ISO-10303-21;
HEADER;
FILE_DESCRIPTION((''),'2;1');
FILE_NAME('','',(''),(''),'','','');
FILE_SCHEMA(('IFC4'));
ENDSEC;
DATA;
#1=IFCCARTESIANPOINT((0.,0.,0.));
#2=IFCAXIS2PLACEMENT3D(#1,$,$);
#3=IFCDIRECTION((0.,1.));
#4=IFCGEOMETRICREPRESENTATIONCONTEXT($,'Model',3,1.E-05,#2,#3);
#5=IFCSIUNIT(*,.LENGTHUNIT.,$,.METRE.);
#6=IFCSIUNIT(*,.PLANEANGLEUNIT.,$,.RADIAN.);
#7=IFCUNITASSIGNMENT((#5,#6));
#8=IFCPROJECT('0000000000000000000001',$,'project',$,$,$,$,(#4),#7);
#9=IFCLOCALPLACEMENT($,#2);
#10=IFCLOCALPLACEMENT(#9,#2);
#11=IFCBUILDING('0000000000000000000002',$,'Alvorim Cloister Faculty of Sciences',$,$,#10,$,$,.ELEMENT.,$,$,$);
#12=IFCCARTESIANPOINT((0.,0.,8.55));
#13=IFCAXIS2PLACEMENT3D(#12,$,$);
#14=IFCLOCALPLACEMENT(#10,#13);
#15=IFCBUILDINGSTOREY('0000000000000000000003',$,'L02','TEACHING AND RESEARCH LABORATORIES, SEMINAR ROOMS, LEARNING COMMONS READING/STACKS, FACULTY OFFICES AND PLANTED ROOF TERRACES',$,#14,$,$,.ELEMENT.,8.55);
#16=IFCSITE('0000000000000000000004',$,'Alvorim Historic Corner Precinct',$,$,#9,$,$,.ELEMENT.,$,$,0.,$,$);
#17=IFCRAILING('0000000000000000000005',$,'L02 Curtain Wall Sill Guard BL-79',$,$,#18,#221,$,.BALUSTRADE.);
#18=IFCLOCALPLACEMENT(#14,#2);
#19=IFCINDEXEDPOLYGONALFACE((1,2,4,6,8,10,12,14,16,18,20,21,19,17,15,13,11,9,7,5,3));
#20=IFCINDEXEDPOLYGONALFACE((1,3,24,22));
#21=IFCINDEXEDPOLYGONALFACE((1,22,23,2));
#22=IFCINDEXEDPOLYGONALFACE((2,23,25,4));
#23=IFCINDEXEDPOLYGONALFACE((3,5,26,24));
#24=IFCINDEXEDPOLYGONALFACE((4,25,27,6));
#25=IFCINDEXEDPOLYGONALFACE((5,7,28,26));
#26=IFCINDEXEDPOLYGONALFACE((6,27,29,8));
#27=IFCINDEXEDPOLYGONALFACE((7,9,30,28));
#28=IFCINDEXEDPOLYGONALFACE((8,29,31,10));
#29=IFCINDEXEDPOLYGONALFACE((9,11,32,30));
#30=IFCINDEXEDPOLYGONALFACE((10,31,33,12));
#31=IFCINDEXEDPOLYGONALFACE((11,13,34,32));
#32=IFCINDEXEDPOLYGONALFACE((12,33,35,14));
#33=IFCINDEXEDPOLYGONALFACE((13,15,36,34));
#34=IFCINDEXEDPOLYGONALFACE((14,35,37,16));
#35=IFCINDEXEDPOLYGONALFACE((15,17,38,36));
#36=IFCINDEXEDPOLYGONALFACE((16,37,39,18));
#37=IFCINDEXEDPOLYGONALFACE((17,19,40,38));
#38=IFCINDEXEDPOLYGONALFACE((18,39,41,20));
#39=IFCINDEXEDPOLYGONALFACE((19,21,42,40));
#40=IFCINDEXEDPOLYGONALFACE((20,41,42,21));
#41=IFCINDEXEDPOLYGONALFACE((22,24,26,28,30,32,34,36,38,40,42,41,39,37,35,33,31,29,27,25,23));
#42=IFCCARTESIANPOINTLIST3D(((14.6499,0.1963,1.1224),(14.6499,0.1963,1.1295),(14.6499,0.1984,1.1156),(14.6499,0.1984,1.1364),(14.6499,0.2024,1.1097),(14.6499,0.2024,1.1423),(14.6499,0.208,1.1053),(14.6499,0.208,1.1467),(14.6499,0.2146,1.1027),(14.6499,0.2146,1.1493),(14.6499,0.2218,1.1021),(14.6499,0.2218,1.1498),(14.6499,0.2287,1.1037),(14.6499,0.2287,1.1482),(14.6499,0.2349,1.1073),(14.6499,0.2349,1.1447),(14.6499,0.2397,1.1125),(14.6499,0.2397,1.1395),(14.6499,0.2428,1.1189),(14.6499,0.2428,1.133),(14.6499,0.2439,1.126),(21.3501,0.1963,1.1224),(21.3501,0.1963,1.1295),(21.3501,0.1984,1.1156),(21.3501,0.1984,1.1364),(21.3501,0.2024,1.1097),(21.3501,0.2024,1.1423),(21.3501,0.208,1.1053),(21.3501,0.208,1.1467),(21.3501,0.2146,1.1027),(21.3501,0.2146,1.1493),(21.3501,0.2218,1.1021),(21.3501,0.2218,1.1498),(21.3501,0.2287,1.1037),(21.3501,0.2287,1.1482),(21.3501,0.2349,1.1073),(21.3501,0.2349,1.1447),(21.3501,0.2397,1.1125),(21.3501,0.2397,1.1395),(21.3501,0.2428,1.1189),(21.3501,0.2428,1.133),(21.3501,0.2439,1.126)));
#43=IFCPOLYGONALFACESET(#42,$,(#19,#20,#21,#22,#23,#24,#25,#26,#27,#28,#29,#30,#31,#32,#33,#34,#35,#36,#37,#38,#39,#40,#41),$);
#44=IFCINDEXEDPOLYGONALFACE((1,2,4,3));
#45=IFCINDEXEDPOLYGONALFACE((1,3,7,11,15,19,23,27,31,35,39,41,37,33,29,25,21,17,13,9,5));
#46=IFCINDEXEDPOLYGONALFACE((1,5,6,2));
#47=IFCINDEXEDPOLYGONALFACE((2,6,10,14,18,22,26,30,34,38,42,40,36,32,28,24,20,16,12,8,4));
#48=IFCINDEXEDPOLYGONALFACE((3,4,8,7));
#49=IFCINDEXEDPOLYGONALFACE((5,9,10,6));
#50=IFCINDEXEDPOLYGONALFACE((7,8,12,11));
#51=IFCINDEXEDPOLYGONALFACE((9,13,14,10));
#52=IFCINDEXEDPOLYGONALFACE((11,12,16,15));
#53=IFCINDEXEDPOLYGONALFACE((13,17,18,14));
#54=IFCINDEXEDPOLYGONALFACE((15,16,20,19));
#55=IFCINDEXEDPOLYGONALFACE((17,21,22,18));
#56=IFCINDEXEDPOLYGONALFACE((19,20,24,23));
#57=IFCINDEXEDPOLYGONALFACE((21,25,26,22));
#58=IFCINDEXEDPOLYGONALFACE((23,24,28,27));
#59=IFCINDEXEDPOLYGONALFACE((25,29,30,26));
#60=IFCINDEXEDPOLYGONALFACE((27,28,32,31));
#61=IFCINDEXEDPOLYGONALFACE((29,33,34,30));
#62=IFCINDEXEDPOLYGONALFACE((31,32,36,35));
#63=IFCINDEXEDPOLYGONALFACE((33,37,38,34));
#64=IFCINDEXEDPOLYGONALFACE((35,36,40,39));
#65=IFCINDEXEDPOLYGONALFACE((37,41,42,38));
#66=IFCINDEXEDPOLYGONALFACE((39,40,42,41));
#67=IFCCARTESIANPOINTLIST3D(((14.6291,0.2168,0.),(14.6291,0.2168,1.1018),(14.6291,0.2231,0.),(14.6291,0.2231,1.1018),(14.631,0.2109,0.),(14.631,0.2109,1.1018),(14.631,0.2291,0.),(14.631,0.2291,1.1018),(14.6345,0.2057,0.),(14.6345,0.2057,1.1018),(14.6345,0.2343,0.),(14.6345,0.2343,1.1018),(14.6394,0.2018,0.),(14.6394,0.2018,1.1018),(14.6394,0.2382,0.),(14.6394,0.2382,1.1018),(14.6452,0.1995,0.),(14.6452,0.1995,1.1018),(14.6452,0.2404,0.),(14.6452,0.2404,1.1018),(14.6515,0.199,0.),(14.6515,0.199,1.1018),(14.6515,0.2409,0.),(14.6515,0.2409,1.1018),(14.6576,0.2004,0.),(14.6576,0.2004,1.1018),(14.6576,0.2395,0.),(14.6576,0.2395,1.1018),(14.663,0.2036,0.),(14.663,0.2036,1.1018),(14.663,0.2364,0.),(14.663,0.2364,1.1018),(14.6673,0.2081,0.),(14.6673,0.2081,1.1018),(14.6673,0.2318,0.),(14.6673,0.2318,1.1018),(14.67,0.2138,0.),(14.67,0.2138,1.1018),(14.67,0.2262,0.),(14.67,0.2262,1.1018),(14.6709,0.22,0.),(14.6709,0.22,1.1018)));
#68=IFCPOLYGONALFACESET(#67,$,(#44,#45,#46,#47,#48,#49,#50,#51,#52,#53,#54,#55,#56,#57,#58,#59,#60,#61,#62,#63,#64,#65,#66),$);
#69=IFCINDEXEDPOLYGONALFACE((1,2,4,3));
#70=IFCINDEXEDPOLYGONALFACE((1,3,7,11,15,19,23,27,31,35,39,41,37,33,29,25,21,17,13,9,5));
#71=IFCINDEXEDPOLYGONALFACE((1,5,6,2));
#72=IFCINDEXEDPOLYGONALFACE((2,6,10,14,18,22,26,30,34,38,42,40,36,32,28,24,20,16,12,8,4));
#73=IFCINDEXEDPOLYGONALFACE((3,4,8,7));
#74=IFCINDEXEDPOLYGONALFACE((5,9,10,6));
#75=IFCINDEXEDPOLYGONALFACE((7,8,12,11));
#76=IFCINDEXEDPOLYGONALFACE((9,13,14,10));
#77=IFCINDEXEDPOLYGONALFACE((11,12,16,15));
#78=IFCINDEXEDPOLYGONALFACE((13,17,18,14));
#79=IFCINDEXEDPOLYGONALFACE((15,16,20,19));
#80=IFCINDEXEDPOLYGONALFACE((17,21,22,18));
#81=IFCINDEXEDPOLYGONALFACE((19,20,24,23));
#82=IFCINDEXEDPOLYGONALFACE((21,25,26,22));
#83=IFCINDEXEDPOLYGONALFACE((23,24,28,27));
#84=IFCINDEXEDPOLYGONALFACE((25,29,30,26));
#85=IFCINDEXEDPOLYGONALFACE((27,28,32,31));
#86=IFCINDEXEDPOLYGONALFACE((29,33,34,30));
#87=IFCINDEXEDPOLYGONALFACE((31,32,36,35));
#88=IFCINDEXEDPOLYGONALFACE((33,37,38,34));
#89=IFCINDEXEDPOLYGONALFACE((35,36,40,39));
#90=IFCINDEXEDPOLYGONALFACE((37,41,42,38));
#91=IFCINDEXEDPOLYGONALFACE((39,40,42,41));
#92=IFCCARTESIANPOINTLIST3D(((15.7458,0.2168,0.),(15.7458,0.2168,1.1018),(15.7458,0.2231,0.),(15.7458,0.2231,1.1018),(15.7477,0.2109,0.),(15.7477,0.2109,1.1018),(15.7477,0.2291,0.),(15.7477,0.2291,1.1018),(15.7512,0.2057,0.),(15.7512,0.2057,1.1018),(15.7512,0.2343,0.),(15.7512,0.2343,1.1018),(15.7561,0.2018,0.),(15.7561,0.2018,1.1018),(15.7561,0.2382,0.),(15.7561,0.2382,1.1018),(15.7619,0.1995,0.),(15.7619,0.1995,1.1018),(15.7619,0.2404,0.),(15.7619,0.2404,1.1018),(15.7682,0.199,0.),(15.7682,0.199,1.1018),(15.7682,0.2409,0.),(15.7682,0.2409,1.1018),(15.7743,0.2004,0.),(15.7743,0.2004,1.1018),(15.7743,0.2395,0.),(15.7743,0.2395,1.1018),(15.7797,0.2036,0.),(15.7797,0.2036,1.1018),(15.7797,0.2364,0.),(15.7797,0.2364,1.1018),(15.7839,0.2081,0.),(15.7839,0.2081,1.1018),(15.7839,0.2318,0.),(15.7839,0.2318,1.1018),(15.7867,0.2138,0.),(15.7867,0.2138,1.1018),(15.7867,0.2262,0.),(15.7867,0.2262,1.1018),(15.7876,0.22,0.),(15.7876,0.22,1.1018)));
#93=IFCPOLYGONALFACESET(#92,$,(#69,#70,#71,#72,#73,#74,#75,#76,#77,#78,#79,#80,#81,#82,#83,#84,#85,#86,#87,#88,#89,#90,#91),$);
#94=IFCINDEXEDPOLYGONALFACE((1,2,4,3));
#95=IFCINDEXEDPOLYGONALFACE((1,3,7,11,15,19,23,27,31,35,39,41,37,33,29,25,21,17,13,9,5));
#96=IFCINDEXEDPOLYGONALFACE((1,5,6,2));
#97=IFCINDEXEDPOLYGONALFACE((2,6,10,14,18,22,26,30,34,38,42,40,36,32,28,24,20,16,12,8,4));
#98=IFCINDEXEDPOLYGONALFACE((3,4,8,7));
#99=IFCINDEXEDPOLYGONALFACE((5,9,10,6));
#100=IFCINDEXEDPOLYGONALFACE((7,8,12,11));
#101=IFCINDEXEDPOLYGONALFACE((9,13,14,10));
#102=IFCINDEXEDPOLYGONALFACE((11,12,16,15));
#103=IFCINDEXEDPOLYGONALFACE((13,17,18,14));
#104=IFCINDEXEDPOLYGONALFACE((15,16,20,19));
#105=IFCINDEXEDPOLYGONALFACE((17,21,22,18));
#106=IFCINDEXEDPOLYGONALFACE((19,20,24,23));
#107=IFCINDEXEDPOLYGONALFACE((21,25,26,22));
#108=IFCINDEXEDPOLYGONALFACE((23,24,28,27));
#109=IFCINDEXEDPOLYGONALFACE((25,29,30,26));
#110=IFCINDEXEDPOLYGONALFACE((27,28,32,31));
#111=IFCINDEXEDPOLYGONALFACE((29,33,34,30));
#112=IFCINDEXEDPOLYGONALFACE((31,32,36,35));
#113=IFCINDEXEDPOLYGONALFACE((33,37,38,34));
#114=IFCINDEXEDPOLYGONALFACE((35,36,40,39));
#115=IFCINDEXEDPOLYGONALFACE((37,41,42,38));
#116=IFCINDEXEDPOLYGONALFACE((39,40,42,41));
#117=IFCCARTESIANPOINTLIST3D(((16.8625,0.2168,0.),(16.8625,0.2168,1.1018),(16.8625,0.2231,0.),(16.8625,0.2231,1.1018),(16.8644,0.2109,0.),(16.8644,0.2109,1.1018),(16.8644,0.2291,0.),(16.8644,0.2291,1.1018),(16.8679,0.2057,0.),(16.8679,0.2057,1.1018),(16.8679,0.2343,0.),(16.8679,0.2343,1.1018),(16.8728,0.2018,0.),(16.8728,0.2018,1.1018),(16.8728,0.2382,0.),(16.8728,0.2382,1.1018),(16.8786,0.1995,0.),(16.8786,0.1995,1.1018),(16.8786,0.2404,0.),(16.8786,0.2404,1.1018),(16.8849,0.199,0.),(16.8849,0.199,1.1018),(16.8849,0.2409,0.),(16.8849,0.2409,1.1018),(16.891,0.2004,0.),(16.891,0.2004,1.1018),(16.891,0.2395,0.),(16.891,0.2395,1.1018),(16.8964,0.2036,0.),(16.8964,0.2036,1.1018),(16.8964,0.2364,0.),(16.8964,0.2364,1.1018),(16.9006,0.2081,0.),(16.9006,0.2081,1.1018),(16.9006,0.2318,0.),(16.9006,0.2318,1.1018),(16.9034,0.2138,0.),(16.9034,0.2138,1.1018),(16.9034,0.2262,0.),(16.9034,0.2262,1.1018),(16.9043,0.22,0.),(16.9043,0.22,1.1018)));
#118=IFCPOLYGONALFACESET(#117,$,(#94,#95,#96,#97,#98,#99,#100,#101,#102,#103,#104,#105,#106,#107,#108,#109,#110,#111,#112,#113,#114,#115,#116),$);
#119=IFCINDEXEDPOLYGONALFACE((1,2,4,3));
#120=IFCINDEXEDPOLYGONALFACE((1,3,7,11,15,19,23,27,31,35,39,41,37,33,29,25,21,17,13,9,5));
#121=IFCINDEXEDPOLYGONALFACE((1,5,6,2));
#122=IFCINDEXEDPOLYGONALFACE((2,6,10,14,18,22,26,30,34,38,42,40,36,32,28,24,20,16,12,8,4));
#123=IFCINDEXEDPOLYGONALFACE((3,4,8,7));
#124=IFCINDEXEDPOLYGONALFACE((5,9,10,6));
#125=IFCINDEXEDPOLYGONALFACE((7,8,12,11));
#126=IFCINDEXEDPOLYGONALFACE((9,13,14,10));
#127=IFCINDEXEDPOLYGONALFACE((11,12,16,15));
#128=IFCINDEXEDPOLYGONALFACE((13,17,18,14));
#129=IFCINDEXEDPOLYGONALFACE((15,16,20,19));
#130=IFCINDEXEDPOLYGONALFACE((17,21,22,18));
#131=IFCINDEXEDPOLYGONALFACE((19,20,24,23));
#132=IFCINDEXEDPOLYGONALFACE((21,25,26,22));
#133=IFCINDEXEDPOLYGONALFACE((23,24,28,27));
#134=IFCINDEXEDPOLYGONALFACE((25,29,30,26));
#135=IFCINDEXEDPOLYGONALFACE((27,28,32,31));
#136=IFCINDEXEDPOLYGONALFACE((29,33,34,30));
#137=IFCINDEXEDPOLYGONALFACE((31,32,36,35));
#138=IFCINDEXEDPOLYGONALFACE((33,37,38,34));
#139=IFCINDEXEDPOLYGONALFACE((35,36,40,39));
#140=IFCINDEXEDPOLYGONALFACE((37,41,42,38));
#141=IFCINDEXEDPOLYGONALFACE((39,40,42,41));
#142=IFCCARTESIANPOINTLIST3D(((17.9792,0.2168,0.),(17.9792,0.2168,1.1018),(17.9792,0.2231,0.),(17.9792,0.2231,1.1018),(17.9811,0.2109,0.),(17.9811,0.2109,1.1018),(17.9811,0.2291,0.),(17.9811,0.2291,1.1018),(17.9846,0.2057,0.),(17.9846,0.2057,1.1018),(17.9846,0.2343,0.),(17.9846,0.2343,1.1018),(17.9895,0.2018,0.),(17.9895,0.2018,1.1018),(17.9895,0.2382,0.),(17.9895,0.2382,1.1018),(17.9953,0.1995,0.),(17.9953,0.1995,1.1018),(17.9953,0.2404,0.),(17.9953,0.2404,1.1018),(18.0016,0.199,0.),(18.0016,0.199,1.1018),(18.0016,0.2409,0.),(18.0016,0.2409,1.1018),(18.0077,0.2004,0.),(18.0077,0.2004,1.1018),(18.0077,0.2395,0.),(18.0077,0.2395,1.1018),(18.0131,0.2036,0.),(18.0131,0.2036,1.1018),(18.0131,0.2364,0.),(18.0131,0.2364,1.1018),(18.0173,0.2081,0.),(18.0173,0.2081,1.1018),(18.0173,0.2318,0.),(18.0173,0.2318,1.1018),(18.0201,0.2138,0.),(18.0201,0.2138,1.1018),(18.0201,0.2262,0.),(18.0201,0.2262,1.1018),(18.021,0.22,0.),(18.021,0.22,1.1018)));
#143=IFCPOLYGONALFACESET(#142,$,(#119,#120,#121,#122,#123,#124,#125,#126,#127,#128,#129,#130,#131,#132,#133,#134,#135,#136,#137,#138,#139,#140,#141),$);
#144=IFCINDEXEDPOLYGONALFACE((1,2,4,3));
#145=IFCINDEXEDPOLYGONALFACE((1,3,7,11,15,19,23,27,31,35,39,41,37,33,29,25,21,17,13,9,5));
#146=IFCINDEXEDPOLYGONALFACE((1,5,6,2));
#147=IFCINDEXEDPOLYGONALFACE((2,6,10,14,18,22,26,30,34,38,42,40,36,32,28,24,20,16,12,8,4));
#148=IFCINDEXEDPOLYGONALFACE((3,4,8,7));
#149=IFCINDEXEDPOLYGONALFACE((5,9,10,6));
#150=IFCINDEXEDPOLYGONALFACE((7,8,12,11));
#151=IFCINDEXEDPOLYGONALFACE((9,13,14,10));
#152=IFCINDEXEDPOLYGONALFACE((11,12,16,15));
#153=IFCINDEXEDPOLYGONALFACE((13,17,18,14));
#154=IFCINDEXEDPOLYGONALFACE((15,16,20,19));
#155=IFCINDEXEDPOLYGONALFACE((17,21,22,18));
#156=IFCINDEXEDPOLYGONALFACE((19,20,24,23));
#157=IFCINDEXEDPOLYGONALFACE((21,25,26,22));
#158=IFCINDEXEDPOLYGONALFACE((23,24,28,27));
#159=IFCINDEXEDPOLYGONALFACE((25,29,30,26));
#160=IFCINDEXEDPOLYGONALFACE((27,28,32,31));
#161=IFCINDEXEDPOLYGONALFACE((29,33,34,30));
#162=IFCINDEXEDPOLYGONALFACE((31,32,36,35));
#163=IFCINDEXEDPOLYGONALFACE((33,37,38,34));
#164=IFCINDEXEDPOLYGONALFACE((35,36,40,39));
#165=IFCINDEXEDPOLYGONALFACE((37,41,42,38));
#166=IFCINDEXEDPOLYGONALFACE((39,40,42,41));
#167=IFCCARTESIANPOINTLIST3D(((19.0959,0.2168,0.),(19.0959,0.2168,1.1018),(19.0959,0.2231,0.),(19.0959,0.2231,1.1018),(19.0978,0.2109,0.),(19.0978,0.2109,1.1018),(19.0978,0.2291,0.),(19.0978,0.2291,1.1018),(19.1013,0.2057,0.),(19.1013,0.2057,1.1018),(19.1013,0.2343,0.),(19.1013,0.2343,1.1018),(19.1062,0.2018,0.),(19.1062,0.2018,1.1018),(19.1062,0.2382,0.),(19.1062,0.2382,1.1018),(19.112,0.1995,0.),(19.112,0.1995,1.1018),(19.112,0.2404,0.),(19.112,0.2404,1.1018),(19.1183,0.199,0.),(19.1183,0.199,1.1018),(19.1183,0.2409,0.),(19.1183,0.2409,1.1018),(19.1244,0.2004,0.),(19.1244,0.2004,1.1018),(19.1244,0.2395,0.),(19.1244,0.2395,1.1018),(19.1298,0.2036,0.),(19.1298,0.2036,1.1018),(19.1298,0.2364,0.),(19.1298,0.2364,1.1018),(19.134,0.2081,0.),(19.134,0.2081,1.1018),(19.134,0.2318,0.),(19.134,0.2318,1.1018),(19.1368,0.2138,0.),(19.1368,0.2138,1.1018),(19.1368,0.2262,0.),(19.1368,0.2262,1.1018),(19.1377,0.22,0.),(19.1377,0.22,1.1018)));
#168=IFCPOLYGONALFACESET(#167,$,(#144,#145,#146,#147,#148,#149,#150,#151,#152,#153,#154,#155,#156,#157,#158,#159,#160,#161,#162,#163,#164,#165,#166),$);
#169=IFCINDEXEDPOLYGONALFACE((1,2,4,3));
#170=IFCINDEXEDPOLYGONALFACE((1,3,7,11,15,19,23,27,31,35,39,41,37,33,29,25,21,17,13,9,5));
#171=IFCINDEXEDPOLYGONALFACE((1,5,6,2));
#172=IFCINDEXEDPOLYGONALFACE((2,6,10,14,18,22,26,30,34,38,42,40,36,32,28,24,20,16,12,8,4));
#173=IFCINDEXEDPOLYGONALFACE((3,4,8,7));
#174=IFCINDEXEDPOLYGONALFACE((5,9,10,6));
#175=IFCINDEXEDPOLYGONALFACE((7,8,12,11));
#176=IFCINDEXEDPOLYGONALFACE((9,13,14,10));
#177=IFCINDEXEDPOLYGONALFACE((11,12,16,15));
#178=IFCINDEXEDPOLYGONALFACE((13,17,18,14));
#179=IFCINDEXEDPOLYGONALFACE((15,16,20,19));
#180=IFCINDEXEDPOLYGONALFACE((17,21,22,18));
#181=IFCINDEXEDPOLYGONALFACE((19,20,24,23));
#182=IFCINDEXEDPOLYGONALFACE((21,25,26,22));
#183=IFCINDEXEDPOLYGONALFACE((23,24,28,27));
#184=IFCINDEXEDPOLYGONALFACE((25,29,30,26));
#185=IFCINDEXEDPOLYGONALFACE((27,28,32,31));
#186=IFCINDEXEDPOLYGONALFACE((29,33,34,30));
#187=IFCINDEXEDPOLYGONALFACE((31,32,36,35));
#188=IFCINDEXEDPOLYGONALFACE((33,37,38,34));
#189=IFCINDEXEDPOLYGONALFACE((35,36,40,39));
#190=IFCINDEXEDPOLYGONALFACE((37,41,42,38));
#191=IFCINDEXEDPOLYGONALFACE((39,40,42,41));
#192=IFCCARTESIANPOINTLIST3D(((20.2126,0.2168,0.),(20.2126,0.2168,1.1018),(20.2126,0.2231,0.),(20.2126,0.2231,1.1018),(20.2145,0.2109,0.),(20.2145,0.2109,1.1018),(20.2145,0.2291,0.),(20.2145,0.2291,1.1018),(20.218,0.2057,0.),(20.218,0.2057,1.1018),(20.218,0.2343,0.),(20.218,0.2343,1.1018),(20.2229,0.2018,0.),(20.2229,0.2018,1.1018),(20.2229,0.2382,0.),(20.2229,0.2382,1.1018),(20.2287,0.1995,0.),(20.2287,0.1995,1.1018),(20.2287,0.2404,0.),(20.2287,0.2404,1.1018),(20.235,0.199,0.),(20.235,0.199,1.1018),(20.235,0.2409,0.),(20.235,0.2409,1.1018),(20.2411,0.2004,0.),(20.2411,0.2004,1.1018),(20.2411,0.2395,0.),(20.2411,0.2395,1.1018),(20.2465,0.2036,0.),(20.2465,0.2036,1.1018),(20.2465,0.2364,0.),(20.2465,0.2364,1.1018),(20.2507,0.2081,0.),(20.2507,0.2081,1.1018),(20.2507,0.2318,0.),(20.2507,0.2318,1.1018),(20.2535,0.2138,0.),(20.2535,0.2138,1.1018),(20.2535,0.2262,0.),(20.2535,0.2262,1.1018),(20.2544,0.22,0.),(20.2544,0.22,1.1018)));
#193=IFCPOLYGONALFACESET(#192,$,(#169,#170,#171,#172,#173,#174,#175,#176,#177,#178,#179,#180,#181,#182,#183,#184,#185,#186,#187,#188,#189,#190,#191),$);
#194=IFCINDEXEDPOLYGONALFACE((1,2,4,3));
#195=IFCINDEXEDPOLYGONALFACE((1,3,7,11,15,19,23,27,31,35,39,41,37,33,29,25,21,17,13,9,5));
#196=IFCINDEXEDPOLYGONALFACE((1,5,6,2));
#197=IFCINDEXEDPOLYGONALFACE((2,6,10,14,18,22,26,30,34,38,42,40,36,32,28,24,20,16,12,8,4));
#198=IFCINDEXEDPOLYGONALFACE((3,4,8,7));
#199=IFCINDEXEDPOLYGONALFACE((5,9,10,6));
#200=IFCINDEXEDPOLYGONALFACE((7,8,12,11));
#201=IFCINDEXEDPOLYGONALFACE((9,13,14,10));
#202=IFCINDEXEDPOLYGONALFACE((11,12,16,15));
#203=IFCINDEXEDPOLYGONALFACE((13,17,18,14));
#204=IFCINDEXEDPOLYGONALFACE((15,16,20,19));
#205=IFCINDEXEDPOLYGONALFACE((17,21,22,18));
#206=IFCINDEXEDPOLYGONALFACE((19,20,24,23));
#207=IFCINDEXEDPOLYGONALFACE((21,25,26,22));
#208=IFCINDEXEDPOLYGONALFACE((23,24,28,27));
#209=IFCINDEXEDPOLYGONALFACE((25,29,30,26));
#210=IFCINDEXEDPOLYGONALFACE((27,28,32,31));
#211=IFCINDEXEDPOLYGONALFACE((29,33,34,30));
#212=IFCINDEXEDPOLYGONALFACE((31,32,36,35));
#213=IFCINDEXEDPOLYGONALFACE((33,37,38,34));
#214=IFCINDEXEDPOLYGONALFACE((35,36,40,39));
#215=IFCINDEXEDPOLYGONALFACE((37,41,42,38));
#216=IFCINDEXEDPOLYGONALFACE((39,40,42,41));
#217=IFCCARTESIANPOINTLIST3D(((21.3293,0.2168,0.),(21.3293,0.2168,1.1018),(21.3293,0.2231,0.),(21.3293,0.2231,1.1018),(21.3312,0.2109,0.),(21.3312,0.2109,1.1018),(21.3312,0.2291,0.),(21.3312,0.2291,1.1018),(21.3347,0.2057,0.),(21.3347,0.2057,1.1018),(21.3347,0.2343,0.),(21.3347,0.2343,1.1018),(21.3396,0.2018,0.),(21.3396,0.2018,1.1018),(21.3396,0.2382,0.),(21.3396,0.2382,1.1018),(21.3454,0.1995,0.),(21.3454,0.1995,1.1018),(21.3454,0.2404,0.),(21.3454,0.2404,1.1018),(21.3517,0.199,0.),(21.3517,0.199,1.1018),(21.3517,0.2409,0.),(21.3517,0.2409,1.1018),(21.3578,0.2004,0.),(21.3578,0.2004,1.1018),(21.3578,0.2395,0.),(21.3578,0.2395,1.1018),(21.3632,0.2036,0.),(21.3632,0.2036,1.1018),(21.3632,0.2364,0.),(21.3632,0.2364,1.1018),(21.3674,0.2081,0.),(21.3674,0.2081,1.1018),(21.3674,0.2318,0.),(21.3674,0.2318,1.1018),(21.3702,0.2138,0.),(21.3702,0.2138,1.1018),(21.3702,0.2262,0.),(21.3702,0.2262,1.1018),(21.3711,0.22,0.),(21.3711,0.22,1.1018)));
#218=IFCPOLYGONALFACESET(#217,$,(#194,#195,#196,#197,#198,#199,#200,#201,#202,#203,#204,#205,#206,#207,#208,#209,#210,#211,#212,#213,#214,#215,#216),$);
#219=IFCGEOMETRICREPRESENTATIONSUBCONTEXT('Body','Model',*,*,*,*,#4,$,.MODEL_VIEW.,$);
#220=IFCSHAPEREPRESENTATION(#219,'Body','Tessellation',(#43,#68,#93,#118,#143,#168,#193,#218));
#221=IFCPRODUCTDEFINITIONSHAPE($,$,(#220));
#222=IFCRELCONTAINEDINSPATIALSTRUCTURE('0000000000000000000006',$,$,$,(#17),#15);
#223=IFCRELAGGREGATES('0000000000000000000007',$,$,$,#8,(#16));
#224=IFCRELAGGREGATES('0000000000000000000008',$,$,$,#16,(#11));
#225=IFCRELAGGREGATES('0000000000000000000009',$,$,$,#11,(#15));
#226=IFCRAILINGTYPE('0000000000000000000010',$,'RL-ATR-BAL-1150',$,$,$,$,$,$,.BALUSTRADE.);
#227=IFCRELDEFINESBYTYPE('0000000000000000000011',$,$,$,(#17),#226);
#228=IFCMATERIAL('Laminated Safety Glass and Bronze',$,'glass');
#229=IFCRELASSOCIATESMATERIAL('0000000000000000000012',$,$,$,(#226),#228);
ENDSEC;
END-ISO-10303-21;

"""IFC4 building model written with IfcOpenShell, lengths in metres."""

from ifc_helpers import new_model, si_unit, direction, frame, origin, origin_2d, place, context, subcontext, project, spatial, circle, extrude, material, type_object, element, save


model = new_model("IFC4")

# Units and contexts
model_context = context("Model", 3, precision=1e-05, world=origin(), true_north=direction((0.0, 1.0)))
body_context = subcontext(model_context, "Body", "Model", "MODEL_VIEW")
ifc_project = project(units=[si_unit("LENGTHUNIT", "METRE"), si_unit("PLANEANGLEUNIT", "RADIAN")], contexts=[model_context])

# Site, building, storey
site_placement = place(None, origin())
site = spatial("IfcSite", under=ifc_project, at=site_placement, Name="Alvorim Historic Corner Precinct", CompositionType="ELEMENT", RefElevation=0.0)
building_placement = place(site_placement, origin())
building = spatial("IfcBuilding", under=site, at=building_placement, Name="Alvorim Cloister Faculty of Sciences", CompositionType="ELEMENT")
storey_placement = place(building_placement, frame((0.0, 0.0, 8.55)))
storey = spatial("IfcBuildingStorey", under=building, at=storey_placement, Name="L02", Description="TEACHING AND RESEARCH LABORATORIES, SEMINAR ROOMS, LEARNING COMMONS READING/STACKS, FACULTY OFFICES AND PLANTED ROOF TERRACES", CompositionType="ELEMENT", Elevation=8.55)

# Railing
ifc_material_1 = material(Name="Laminated Safety Glass and Bronze", Category="glass")
railing_type = type_object("IfcRailingType", Name="RL-ATR-BAL-1150", PredefinedType="BALUSTRADE", material=ifc_material_1)
railing_placement = place(storey_placement, frame((14.6499, 0.22, 0.0)))
element("IfcRailing", 1, at=railing_placement, inside=storey, type_object=railing_type, Name="L02 Curtain Wall Sill Guard BL-79", PredefinedType="BALUSTRADE", context=body_context, shape_type="SweptSolid", body=[
    extrude(circle(Radius=0.0239, at=origin_2d()), frame((0.0, 0.0, 1.126), z_axis=(1.0, 0.0, 0.0), x_axis=(0.0, 1.0, 0.0)), (0.0, 0.0, 1.0), 6.7002),
    extrude(circle(Radius=0.021, at=origin_2d()), origin(), (0.0, 0.0, 1.0), 1.1018),
    extrude(circle(Radius=0.021, at=origin_2d()), frame((1.1167, 0.0, 0.0)), (0.0, 0.0, 1.0), 1.1018),
    extrude(circle(Radius=0.021, at=origin_2d()), frame((2.2334, 0.0, 0.0)), (0.0, 0.0, 1.0), 1.1018),
    extrude(circle(Radius=0.021, at=origin_2d()), frame((3.3501, 0.0, 0.0)), (0.0, 0.0, 1.0), 1.1018),
    extrude(circle(Radius=0.021, at=origin_2d()), frame((4.4668, 0.0, 0.0)), (0.0, 0.0, 1.0), 1.1018),
    extrude(circle(Radius=0.021, at=origin_2d()), frame((5.5835, 0.0, 0.0)), (0.0, 0.0, 1.0), 1.1018),
    extrude(circle(Radius=0.021, at=origin_2d()), frame((6.7002, 0.0, 0.0)), (0.0, 0.0, 1.0), 1.1018),
])

save(model, "model.ifc")
